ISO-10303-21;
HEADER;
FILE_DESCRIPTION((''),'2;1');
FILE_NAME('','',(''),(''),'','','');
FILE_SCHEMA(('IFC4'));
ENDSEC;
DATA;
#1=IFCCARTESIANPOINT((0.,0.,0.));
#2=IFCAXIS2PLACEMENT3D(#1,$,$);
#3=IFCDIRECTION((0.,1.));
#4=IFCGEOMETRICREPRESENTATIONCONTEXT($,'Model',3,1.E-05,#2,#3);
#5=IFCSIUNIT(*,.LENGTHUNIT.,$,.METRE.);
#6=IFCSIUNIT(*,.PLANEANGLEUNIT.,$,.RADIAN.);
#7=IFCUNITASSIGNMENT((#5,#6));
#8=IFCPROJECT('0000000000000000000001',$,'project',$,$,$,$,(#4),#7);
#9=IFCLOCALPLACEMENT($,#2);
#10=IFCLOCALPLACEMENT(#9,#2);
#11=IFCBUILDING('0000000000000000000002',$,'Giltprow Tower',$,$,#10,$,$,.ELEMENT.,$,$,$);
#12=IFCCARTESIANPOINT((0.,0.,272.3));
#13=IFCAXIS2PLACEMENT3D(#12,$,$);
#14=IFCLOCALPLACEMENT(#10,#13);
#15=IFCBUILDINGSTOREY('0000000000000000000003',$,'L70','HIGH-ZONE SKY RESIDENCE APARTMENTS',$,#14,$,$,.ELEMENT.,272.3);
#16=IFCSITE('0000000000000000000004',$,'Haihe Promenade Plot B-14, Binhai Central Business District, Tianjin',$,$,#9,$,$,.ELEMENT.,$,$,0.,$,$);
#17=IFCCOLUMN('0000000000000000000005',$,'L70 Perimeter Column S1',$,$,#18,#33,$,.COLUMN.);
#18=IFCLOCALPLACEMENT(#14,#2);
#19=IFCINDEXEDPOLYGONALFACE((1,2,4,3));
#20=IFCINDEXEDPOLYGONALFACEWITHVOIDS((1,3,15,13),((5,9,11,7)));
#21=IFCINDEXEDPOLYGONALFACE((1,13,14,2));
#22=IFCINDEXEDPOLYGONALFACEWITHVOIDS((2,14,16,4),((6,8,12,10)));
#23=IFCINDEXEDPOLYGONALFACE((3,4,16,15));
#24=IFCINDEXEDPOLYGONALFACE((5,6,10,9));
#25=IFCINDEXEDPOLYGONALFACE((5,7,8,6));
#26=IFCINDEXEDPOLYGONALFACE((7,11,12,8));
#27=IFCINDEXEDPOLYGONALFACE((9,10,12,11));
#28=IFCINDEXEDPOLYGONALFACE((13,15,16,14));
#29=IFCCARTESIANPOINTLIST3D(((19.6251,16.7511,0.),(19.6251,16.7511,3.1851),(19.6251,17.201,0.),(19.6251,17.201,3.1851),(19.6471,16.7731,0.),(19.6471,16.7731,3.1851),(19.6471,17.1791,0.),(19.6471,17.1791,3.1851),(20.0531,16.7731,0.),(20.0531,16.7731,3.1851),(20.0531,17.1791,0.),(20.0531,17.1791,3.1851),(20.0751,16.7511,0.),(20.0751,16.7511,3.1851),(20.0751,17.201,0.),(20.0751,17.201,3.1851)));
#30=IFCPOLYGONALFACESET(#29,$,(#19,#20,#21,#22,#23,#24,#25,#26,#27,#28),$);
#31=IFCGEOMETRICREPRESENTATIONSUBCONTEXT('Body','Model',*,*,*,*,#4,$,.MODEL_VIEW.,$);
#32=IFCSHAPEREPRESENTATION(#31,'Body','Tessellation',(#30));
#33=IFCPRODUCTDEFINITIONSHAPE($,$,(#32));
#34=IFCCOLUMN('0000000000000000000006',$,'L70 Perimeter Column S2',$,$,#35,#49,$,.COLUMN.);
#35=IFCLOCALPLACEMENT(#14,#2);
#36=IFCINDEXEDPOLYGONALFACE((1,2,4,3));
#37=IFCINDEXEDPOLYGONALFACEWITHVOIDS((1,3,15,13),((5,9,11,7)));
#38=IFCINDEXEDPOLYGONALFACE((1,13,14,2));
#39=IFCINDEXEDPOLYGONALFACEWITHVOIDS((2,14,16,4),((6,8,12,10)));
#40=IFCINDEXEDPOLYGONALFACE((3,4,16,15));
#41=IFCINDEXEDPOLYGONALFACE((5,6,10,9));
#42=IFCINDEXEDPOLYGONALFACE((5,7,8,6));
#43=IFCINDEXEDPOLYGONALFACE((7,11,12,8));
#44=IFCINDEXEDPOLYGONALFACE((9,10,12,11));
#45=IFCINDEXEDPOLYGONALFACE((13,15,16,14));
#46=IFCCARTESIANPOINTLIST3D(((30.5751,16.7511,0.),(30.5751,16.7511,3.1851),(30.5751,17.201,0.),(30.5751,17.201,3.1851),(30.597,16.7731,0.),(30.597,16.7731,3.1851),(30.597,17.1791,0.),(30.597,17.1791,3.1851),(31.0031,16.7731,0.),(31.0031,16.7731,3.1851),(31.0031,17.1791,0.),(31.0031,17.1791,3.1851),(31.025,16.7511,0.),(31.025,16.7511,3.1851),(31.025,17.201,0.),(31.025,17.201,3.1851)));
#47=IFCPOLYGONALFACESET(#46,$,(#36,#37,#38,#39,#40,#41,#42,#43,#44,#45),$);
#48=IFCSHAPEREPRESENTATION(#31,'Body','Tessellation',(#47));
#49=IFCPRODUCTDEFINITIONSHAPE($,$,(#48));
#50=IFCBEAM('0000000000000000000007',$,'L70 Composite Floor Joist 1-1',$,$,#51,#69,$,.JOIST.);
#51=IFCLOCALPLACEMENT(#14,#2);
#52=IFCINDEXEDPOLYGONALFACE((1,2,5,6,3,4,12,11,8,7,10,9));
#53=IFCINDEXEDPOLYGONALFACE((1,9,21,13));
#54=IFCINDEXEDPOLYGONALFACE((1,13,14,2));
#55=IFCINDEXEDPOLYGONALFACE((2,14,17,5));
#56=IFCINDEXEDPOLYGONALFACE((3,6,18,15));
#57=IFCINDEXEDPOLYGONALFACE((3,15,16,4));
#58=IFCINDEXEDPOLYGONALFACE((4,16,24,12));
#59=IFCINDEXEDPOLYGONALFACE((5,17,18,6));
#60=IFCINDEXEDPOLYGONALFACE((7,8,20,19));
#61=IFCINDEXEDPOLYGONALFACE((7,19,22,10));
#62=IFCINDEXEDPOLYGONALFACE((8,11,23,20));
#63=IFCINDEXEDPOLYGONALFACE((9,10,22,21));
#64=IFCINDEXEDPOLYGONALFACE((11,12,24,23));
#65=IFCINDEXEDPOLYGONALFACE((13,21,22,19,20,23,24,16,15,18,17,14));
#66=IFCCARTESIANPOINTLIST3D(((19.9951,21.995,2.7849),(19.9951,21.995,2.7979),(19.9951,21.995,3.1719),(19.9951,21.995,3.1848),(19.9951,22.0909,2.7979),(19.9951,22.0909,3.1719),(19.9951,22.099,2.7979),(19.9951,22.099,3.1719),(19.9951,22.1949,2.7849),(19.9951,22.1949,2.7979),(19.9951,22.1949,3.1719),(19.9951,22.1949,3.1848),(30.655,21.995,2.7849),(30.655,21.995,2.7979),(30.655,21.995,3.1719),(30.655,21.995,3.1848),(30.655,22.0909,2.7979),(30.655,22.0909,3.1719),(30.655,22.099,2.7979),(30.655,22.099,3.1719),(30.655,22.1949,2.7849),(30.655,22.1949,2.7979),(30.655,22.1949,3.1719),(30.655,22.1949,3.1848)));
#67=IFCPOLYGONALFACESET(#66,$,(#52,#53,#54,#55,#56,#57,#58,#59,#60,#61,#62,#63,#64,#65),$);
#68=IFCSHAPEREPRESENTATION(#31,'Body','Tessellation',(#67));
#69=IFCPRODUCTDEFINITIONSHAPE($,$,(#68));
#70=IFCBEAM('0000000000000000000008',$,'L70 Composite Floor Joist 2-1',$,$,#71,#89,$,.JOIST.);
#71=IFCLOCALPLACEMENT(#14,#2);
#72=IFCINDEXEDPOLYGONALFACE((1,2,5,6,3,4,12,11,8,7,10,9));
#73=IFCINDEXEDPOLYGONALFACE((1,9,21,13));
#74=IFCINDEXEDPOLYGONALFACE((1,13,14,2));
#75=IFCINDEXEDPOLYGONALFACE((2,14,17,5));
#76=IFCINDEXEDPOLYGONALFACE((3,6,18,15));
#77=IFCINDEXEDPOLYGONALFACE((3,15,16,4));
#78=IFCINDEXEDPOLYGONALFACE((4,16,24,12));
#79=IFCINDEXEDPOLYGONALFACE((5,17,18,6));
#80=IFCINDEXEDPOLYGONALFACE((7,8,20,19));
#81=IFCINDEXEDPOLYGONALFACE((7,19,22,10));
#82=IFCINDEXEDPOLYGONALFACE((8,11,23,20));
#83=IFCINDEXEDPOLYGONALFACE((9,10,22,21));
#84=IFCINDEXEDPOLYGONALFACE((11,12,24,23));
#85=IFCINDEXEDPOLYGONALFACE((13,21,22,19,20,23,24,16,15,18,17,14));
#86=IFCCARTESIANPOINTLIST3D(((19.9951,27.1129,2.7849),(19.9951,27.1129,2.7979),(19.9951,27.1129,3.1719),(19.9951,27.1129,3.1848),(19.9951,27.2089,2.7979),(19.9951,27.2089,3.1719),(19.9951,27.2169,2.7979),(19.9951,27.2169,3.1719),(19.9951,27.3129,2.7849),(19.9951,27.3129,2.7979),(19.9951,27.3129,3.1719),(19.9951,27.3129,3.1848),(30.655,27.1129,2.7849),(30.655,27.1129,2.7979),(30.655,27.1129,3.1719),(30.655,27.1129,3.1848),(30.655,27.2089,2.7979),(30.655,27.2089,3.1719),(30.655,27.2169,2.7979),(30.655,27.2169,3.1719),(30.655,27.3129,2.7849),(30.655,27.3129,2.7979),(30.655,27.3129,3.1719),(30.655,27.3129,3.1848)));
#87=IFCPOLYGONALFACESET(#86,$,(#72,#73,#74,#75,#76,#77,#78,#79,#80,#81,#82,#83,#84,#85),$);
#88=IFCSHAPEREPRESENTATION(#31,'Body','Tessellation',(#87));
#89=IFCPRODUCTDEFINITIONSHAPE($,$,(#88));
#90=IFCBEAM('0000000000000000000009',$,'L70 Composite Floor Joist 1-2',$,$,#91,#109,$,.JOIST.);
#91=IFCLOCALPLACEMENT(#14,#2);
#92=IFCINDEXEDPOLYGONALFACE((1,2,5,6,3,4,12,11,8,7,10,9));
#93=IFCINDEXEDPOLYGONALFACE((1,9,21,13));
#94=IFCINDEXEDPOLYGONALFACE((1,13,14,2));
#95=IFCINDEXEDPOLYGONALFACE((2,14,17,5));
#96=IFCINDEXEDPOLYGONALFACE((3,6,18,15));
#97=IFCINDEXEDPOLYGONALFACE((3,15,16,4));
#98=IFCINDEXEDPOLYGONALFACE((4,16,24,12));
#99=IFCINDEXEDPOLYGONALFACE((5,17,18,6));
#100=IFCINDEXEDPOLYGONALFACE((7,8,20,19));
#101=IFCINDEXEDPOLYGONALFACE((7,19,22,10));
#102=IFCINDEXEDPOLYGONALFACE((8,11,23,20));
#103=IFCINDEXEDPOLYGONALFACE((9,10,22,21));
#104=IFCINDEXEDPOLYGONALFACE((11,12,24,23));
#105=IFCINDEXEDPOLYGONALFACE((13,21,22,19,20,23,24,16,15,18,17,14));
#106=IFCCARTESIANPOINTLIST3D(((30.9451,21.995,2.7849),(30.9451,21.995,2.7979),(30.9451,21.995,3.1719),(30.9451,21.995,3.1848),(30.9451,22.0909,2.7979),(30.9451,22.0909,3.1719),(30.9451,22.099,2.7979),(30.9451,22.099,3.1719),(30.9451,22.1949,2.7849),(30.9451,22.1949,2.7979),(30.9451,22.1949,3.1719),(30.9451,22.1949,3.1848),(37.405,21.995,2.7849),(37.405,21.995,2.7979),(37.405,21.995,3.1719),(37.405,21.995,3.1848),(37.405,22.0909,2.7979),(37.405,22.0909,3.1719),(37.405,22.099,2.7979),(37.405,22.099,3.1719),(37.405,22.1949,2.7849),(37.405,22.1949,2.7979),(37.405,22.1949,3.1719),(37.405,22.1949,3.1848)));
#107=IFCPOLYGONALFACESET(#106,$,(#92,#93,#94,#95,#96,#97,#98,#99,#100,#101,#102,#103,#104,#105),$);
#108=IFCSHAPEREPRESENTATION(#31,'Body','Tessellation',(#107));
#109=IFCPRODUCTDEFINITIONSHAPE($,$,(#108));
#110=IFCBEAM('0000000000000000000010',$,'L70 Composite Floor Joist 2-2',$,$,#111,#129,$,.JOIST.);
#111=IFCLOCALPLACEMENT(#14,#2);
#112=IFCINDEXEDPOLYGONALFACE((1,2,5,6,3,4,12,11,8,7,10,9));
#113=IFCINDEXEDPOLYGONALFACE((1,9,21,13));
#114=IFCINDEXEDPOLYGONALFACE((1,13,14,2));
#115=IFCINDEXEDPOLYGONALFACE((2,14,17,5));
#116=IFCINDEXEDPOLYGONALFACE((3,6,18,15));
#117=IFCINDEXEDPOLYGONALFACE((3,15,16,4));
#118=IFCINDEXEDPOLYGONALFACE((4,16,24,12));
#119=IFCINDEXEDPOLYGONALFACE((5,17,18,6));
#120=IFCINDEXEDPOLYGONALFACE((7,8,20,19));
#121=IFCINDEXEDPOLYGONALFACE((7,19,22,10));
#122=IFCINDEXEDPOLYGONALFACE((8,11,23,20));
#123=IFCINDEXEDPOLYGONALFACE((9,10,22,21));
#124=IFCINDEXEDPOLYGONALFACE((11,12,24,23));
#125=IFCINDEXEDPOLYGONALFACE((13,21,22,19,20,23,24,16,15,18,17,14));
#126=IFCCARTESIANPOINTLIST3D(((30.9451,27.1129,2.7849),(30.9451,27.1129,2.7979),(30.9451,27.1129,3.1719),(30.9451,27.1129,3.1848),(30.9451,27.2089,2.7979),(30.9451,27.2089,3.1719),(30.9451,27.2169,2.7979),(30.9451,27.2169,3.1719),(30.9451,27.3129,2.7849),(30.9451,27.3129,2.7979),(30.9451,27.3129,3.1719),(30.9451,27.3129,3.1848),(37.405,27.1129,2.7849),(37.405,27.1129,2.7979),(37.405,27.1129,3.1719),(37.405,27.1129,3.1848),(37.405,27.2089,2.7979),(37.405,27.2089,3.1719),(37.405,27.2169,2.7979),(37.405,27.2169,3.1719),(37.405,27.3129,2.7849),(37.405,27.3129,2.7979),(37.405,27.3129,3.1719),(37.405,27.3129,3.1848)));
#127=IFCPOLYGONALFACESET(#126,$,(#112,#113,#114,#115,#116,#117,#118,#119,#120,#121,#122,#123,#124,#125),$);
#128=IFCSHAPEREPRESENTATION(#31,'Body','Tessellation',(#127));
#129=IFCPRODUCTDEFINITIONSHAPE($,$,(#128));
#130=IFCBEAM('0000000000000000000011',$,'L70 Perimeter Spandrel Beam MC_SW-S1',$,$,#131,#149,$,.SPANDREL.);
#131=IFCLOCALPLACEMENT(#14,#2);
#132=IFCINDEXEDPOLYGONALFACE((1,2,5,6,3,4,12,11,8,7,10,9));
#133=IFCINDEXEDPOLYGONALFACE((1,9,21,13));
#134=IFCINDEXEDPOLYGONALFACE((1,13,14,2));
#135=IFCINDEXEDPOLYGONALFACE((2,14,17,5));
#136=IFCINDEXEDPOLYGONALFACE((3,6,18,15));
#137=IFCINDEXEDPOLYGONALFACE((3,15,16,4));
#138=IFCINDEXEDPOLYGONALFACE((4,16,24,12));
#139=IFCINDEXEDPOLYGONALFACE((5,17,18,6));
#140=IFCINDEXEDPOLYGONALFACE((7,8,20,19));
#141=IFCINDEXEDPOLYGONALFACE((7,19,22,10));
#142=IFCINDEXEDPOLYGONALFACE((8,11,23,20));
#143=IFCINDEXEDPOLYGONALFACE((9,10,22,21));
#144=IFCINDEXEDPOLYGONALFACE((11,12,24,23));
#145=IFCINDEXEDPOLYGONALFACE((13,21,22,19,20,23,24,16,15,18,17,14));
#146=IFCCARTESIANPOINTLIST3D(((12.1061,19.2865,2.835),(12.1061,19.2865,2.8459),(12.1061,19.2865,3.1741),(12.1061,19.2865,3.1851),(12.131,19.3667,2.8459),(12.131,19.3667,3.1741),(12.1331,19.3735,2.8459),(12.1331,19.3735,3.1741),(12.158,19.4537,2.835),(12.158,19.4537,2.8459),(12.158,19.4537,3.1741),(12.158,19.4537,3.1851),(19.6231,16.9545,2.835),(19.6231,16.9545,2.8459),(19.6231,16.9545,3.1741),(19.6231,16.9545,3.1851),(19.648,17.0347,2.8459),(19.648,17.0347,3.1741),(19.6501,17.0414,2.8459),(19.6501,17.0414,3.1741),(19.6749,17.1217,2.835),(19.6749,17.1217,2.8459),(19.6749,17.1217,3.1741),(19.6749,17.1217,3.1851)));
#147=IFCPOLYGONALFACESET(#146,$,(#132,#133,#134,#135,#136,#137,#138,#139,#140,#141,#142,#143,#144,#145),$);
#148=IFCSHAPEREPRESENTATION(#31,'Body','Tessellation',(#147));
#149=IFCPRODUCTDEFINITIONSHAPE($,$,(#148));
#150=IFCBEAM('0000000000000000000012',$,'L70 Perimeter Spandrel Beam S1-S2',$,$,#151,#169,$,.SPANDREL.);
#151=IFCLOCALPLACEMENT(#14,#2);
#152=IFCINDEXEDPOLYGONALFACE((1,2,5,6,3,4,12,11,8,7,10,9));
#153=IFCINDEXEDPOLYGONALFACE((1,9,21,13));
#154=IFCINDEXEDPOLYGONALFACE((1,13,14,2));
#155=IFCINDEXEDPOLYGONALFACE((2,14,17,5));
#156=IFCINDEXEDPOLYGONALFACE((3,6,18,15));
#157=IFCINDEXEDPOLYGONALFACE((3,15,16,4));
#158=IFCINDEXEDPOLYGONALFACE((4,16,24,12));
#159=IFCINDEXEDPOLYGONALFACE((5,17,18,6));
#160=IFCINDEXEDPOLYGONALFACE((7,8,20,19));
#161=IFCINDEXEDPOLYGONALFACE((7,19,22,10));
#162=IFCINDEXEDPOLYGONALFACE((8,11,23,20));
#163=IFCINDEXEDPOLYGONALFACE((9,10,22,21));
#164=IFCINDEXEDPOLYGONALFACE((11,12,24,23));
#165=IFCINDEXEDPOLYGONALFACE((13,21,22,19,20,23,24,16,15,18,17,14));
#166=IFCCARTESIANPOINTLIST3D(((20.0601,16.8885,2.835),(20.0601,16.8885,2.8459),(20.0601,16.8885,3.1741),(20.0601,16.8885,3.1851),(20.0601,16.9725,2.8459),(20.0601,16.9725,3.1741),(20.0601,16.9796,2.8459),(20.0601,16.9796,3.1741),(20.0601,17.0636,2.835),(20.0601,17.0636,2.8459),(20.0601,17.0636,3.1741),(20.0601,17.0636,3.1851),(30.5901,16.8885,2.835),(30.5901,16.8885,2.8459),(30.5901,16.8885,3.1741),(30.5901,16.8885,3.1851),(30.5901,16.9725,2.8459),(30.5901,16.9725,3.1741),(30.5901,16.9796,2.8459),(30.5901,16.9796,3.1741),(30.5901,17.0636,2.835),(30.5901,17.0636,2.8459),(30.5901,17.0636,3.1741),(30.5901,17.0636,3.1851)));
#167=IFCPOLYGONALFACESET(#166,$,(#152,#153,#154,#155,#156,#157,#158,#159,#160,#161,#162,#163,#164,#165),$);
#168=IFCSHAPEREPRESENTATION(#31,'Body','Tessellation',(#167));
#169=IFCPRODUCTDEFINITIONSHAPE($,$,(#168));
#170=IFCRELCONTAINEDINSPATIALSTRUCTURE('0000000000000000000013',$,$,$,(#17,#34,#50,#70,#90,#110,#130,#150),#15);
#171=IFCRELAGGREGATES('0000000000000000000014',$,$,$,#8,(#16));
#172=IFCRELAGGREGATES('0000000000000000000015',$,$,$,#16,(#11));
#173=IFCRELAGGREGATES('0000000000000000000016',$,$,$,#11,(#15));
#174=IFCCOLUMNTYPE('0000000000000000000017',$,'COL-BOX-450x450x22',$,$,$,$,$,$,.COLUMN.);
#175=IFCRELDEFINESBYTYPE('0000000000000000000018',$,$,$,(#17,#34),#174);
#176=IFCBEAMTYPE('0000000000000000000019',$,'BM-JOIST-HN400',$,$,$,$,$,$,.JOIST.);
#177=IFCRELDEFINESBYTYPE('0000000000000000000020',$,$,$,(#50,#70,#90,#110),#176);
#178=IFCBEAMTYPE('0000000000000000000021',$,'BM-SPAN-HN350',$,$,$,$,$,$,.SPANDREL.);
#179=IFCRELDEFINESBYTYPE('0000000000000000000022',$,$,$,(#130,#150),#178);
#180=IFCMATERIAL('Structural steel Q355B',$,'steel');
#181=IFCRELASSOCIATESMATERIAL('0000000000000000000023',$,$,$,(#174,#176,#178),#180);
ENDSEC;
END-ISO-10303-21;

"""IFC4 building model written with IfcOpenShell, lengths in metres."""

from ifc_helpers import new_model, si_unit, direction, frame, origin, origin_2d, place, context, subcontext, project, spatial, hollow_rectangle, i_section, extrude, source, transform, mapped, material, material_profile, profile_set, type_object, element, save


model = new_model("IFC4")

# Units and contexts
model_context = context("Model", 3, precision=1e-05, world=origin(), true_north=direction((0.0, 1.0)))
body_context = subcontext(model_context, "Body", "Model", "MODEL_VIEW")
ifc_project = project(units=[si_unit("LENGTHUNIT", "METRE"), si_unit("PLANEANGLEUNIT", "RADIAN")], contexts=[model_context])

# Site, building, storey
site_placement = place(None, origin())
site = spatial("IfcSite", under=ifc_project, at=site_placement, Name="Haihe Promenade Plot B-14, Binhai Central Business District, Tianjin", CompositionType="ELEMENT", RefElevation=0.0)
building_placement = place(site_placement, origin())
building = spatial("IfcBuilding", under=site, at=building_placement, Name="Giltprow Tower", CompositionType="ELEMENT")
storey_placement = place(building_placement, frame((0.0, 0.0, 272.3)))
storey = spatial("IfcBuildingStorey", under=building, at=storey_placement, Name="L70", Description="HIGH-ZONE SKY RESIDENCE APARTMENTS", CompositionType="ELEMENT", Elevation=272.3)

# Columns
ifc_material_1 = material(Name="Structural steel Q355B", Category="steel")
ifc_material_profile_1 = material_profile(ifc_material_1, hollow_rectangle(XDim=0.45, YDim=0.45, WallThickness=0.022, at=origin_2d()), Name="BOX 450x450x22")
ifc_profile_set_1 = profile_set([ifc_material_profile_1], Name="Structural steel Q355B")
column_type = type_object("IfcColumnType", Name="COL-BOX-450x450x22", PredefinedType="COLUMN", material=ifc_profile_set_1)
shared_shape_1 = source(origin(), body_context, "Body", "SweptSolid", [
    extrude(hollow_rectangle(XDim=0.45, YDim=0.45, WallThickness=0.022, at=origin_2d()), origin(), (0.0, 0.0, 1.0), 3.1851),
])
for number, where, z_axis, x_axis, name in (
    (1, (19.8501, 16.9761, 0.0), (0.0, 0.0, 1.0), (1.0, 0.0, 0.0), "L70 Perimeter Column S1"),
    (2, (30.8, 16.9761, 0.0), (0.0, 0.0, 1.0), (1.0, 0.0, 0.0), "L70 Perimeter Column S2"),
):
    element("IfcColumn", number, at=place(storey_placement, frame(where, z_axis=z_axis, x_axis=x_axis)), inside=storey, type_object=column_type, Name=name, PredefinedType="COLUMN", context=body_context, shape_type="MappedRepresentation", body=[
        mapped(shared_shape_1, transform((0.0, 0.0, 0.0), x_axis=(1.0, 0.0, 0.0), y_axis=(0.0, 1.0, 0.0), z_axis=(0.0, 0.0, 1.0), scale=1.0)),
    ])

# Beams
ifc_material_profile_2 = material_profile(ifc_material_1, i_section(OverallWidth=0.2, OverallDepth=0.3999, WebThickness=0.0081, FlangeThickness=0.0129, at=origin_2d()), Name="HN 400x200x8x13")
ifc_profile_set_2 = profile_set([ifc_material_profile_2], Name="Structural steel Q355B")
beam_type_1 = type_object("IfcBeamType", Name="BM-JOIST-HN400", PredefinedType="JOIST", material=ifc_profile_set_2)
shared_shape_2 = source(origin(), body_context, "Body", "SweptSolid", [
    extrude(i_section(OverallWidth=0.2, OverallDepth=0.3999, WebThickness=0.0081, FlangeThickness=0.0129, at=origin_2d()), origin(), (0.0, 0.0, 1.0), 10.6599),
])
for number, where, z_axis, x_axis, name in (
    (3, (19.9951, 22.095, 2.9849), (1.0, 0.0, 0.0), (0.0, 1.0, 0.0), "L70 Composite Floor Joist 1-1"),
    (4, (19.9951, 27.2129, 2.9849), (1.0, 0.0, 0.0), (0.0, 1.0, 0.0), "L70 Composite Floor Joist 2-1"),
):
    element("IfcBeam", number, at=place(storey_placement, frame(where, z_axis=z_axis, x_axis=x_axis)), inside=storey, type_object=beam_type_1, Name=name, PredefinedType="JOIST", context=body_context, shape_type="MappedRepresentation", body=[
        mapped(shared_shape_2, transform((0.0, 0.0, 0.0), x_axis=(1.0, 0.0, 0.0), y_axis=(0.0, 1.0, 0.0), z_axis=(0.0, 0.0, 1.0), scale=1.0)),
    ])
shared_shape_3 = source(origin(), body_context, "Body", "SweptSolid", [
    extrude(i_section(OverallWidth=0.2, OverallDepth=0.3999, WebThickness=0.0081, FlangeThickness=0.0129, at=origin_2d()), origin(), (0.0, 0.0, 1.0), 6.46),
])
for number, where, z_axis, x_axis, name in (
    (5, (30.9451, 22.095, 2.9849), (1.0, 0.0, 0.0), (0.0, 1.0, 0.0), "L70 Composite Floor Joist 1-2"),
    (6, (30.9451, 27.2129, 2.9849), (1.0, 0.0, 0.0), (0.0, 1.0, 0.0), "L70 Composite Floor Joist 2-2"),
):
    element("IfcBeam", number, at=place(storey_placement, frame(where, z_axis=z_axis, x_axis=x_axis)), inside=storey, type_object=beam_type_1, Name=name, PredefinedType="JOIST", context=body_context, shape_type="MappedRepresentation", body=[
        mapped(shared_shape_3, transform((0.0, 0.0, 0.0), x_axis=(1.0, 0.0, 0.0), y_axis=(0.0, 1.0, 0.0), z_axis=(0.0, 0.0, 1.0), scale=1.0)),
    ])
ifc_material_profile_3 = material_profile(ifc_material_1, i_section(OverallWidth=0.175, OverallDepth=0.3501, WebThickness=0.0071, FlangeThickness=0.011, at=origin_2d()), Name="HN 350x175x7x11")
ifc_profile_set_3 = profile_set([ifc_material_profile_3], Name="Structural steel Q355B")
beam_type_2 = type_object("IfcBeamType", Name="BM-SPAN-HN350", PredefinedType="SPANDREL", material=ifc_profile_set_3)
shared_shape_4 = source(origin(), body_context, "Body", "SweptSolid", [
    extrude(i_section(OverallWidth=0.175, OverallDepth=0.3501, WebThickness=0.0071, FlangeThickness=0.011, at=origin_2d()), origin(), (0.0, 0.0, 1.0), 7.8704),
])
beam_1_placement = place(storey_placement, frame((12.1321, 19.3701, 3.01), z_axis=(0.955092, -0.296308, 0.0), x_axis=(0.296308, 0.955092, 0.0)))
element("IfcBeam", 7, at=beam_1_placement, inside=storey, type_object=beam_type_2, Name="L70 Perimeter Spandrel Beam MC_SW-S1", PredefinedType="SPANDREL", context=body_context, shape_type="MappedRepresentation", body=[
    mapped(shared_shape_4, transform((0.0, 0.0, 0.0), x_axis=(1.0, 0.0, 0.0), y_axis=(0.0, 1.0, 0.0), z_axis=(0.0, 0.0, 1.0), scale=1.0)),
])
shared_shape_5 = source(origin(), body_context, "Body", "SweptSolid", [
    extrude(i_section(OverallWidth=0.175, OverallDepth=0.3501, WebThickness=0.0071, FlangeThickness=0.011, at=origin_2d()), origin(), (0.0, 0.0, 1.0), 10.53),
])
beam_2_placement = place(storey_placement, frame((20.0601, 16.9761, 3.01), z_axis=(1.0, 0.0, 0.0), x_axis=(0.0, 1.0, 0.0)))
element("IfcBeam", 8, at=beam_2_placement, inside=storey, type_object=beam_type_2, Name="L70 Perimeter Spandrel Beam S1-S2", PredefinedType="SPANDREL", context=body_context, shape_type="MappedRepresentation", body=[
    mapped(shared_shape_5, transform((0.0, 0.0, 0.0), x_axis=(1.0, 0.0, 0.0), y_axis=(0.0, 1.0, 0.0), z_axis=(0.0, 0.0, 1.0), scale=1.0)),
])

save(model, "model.ifc")
